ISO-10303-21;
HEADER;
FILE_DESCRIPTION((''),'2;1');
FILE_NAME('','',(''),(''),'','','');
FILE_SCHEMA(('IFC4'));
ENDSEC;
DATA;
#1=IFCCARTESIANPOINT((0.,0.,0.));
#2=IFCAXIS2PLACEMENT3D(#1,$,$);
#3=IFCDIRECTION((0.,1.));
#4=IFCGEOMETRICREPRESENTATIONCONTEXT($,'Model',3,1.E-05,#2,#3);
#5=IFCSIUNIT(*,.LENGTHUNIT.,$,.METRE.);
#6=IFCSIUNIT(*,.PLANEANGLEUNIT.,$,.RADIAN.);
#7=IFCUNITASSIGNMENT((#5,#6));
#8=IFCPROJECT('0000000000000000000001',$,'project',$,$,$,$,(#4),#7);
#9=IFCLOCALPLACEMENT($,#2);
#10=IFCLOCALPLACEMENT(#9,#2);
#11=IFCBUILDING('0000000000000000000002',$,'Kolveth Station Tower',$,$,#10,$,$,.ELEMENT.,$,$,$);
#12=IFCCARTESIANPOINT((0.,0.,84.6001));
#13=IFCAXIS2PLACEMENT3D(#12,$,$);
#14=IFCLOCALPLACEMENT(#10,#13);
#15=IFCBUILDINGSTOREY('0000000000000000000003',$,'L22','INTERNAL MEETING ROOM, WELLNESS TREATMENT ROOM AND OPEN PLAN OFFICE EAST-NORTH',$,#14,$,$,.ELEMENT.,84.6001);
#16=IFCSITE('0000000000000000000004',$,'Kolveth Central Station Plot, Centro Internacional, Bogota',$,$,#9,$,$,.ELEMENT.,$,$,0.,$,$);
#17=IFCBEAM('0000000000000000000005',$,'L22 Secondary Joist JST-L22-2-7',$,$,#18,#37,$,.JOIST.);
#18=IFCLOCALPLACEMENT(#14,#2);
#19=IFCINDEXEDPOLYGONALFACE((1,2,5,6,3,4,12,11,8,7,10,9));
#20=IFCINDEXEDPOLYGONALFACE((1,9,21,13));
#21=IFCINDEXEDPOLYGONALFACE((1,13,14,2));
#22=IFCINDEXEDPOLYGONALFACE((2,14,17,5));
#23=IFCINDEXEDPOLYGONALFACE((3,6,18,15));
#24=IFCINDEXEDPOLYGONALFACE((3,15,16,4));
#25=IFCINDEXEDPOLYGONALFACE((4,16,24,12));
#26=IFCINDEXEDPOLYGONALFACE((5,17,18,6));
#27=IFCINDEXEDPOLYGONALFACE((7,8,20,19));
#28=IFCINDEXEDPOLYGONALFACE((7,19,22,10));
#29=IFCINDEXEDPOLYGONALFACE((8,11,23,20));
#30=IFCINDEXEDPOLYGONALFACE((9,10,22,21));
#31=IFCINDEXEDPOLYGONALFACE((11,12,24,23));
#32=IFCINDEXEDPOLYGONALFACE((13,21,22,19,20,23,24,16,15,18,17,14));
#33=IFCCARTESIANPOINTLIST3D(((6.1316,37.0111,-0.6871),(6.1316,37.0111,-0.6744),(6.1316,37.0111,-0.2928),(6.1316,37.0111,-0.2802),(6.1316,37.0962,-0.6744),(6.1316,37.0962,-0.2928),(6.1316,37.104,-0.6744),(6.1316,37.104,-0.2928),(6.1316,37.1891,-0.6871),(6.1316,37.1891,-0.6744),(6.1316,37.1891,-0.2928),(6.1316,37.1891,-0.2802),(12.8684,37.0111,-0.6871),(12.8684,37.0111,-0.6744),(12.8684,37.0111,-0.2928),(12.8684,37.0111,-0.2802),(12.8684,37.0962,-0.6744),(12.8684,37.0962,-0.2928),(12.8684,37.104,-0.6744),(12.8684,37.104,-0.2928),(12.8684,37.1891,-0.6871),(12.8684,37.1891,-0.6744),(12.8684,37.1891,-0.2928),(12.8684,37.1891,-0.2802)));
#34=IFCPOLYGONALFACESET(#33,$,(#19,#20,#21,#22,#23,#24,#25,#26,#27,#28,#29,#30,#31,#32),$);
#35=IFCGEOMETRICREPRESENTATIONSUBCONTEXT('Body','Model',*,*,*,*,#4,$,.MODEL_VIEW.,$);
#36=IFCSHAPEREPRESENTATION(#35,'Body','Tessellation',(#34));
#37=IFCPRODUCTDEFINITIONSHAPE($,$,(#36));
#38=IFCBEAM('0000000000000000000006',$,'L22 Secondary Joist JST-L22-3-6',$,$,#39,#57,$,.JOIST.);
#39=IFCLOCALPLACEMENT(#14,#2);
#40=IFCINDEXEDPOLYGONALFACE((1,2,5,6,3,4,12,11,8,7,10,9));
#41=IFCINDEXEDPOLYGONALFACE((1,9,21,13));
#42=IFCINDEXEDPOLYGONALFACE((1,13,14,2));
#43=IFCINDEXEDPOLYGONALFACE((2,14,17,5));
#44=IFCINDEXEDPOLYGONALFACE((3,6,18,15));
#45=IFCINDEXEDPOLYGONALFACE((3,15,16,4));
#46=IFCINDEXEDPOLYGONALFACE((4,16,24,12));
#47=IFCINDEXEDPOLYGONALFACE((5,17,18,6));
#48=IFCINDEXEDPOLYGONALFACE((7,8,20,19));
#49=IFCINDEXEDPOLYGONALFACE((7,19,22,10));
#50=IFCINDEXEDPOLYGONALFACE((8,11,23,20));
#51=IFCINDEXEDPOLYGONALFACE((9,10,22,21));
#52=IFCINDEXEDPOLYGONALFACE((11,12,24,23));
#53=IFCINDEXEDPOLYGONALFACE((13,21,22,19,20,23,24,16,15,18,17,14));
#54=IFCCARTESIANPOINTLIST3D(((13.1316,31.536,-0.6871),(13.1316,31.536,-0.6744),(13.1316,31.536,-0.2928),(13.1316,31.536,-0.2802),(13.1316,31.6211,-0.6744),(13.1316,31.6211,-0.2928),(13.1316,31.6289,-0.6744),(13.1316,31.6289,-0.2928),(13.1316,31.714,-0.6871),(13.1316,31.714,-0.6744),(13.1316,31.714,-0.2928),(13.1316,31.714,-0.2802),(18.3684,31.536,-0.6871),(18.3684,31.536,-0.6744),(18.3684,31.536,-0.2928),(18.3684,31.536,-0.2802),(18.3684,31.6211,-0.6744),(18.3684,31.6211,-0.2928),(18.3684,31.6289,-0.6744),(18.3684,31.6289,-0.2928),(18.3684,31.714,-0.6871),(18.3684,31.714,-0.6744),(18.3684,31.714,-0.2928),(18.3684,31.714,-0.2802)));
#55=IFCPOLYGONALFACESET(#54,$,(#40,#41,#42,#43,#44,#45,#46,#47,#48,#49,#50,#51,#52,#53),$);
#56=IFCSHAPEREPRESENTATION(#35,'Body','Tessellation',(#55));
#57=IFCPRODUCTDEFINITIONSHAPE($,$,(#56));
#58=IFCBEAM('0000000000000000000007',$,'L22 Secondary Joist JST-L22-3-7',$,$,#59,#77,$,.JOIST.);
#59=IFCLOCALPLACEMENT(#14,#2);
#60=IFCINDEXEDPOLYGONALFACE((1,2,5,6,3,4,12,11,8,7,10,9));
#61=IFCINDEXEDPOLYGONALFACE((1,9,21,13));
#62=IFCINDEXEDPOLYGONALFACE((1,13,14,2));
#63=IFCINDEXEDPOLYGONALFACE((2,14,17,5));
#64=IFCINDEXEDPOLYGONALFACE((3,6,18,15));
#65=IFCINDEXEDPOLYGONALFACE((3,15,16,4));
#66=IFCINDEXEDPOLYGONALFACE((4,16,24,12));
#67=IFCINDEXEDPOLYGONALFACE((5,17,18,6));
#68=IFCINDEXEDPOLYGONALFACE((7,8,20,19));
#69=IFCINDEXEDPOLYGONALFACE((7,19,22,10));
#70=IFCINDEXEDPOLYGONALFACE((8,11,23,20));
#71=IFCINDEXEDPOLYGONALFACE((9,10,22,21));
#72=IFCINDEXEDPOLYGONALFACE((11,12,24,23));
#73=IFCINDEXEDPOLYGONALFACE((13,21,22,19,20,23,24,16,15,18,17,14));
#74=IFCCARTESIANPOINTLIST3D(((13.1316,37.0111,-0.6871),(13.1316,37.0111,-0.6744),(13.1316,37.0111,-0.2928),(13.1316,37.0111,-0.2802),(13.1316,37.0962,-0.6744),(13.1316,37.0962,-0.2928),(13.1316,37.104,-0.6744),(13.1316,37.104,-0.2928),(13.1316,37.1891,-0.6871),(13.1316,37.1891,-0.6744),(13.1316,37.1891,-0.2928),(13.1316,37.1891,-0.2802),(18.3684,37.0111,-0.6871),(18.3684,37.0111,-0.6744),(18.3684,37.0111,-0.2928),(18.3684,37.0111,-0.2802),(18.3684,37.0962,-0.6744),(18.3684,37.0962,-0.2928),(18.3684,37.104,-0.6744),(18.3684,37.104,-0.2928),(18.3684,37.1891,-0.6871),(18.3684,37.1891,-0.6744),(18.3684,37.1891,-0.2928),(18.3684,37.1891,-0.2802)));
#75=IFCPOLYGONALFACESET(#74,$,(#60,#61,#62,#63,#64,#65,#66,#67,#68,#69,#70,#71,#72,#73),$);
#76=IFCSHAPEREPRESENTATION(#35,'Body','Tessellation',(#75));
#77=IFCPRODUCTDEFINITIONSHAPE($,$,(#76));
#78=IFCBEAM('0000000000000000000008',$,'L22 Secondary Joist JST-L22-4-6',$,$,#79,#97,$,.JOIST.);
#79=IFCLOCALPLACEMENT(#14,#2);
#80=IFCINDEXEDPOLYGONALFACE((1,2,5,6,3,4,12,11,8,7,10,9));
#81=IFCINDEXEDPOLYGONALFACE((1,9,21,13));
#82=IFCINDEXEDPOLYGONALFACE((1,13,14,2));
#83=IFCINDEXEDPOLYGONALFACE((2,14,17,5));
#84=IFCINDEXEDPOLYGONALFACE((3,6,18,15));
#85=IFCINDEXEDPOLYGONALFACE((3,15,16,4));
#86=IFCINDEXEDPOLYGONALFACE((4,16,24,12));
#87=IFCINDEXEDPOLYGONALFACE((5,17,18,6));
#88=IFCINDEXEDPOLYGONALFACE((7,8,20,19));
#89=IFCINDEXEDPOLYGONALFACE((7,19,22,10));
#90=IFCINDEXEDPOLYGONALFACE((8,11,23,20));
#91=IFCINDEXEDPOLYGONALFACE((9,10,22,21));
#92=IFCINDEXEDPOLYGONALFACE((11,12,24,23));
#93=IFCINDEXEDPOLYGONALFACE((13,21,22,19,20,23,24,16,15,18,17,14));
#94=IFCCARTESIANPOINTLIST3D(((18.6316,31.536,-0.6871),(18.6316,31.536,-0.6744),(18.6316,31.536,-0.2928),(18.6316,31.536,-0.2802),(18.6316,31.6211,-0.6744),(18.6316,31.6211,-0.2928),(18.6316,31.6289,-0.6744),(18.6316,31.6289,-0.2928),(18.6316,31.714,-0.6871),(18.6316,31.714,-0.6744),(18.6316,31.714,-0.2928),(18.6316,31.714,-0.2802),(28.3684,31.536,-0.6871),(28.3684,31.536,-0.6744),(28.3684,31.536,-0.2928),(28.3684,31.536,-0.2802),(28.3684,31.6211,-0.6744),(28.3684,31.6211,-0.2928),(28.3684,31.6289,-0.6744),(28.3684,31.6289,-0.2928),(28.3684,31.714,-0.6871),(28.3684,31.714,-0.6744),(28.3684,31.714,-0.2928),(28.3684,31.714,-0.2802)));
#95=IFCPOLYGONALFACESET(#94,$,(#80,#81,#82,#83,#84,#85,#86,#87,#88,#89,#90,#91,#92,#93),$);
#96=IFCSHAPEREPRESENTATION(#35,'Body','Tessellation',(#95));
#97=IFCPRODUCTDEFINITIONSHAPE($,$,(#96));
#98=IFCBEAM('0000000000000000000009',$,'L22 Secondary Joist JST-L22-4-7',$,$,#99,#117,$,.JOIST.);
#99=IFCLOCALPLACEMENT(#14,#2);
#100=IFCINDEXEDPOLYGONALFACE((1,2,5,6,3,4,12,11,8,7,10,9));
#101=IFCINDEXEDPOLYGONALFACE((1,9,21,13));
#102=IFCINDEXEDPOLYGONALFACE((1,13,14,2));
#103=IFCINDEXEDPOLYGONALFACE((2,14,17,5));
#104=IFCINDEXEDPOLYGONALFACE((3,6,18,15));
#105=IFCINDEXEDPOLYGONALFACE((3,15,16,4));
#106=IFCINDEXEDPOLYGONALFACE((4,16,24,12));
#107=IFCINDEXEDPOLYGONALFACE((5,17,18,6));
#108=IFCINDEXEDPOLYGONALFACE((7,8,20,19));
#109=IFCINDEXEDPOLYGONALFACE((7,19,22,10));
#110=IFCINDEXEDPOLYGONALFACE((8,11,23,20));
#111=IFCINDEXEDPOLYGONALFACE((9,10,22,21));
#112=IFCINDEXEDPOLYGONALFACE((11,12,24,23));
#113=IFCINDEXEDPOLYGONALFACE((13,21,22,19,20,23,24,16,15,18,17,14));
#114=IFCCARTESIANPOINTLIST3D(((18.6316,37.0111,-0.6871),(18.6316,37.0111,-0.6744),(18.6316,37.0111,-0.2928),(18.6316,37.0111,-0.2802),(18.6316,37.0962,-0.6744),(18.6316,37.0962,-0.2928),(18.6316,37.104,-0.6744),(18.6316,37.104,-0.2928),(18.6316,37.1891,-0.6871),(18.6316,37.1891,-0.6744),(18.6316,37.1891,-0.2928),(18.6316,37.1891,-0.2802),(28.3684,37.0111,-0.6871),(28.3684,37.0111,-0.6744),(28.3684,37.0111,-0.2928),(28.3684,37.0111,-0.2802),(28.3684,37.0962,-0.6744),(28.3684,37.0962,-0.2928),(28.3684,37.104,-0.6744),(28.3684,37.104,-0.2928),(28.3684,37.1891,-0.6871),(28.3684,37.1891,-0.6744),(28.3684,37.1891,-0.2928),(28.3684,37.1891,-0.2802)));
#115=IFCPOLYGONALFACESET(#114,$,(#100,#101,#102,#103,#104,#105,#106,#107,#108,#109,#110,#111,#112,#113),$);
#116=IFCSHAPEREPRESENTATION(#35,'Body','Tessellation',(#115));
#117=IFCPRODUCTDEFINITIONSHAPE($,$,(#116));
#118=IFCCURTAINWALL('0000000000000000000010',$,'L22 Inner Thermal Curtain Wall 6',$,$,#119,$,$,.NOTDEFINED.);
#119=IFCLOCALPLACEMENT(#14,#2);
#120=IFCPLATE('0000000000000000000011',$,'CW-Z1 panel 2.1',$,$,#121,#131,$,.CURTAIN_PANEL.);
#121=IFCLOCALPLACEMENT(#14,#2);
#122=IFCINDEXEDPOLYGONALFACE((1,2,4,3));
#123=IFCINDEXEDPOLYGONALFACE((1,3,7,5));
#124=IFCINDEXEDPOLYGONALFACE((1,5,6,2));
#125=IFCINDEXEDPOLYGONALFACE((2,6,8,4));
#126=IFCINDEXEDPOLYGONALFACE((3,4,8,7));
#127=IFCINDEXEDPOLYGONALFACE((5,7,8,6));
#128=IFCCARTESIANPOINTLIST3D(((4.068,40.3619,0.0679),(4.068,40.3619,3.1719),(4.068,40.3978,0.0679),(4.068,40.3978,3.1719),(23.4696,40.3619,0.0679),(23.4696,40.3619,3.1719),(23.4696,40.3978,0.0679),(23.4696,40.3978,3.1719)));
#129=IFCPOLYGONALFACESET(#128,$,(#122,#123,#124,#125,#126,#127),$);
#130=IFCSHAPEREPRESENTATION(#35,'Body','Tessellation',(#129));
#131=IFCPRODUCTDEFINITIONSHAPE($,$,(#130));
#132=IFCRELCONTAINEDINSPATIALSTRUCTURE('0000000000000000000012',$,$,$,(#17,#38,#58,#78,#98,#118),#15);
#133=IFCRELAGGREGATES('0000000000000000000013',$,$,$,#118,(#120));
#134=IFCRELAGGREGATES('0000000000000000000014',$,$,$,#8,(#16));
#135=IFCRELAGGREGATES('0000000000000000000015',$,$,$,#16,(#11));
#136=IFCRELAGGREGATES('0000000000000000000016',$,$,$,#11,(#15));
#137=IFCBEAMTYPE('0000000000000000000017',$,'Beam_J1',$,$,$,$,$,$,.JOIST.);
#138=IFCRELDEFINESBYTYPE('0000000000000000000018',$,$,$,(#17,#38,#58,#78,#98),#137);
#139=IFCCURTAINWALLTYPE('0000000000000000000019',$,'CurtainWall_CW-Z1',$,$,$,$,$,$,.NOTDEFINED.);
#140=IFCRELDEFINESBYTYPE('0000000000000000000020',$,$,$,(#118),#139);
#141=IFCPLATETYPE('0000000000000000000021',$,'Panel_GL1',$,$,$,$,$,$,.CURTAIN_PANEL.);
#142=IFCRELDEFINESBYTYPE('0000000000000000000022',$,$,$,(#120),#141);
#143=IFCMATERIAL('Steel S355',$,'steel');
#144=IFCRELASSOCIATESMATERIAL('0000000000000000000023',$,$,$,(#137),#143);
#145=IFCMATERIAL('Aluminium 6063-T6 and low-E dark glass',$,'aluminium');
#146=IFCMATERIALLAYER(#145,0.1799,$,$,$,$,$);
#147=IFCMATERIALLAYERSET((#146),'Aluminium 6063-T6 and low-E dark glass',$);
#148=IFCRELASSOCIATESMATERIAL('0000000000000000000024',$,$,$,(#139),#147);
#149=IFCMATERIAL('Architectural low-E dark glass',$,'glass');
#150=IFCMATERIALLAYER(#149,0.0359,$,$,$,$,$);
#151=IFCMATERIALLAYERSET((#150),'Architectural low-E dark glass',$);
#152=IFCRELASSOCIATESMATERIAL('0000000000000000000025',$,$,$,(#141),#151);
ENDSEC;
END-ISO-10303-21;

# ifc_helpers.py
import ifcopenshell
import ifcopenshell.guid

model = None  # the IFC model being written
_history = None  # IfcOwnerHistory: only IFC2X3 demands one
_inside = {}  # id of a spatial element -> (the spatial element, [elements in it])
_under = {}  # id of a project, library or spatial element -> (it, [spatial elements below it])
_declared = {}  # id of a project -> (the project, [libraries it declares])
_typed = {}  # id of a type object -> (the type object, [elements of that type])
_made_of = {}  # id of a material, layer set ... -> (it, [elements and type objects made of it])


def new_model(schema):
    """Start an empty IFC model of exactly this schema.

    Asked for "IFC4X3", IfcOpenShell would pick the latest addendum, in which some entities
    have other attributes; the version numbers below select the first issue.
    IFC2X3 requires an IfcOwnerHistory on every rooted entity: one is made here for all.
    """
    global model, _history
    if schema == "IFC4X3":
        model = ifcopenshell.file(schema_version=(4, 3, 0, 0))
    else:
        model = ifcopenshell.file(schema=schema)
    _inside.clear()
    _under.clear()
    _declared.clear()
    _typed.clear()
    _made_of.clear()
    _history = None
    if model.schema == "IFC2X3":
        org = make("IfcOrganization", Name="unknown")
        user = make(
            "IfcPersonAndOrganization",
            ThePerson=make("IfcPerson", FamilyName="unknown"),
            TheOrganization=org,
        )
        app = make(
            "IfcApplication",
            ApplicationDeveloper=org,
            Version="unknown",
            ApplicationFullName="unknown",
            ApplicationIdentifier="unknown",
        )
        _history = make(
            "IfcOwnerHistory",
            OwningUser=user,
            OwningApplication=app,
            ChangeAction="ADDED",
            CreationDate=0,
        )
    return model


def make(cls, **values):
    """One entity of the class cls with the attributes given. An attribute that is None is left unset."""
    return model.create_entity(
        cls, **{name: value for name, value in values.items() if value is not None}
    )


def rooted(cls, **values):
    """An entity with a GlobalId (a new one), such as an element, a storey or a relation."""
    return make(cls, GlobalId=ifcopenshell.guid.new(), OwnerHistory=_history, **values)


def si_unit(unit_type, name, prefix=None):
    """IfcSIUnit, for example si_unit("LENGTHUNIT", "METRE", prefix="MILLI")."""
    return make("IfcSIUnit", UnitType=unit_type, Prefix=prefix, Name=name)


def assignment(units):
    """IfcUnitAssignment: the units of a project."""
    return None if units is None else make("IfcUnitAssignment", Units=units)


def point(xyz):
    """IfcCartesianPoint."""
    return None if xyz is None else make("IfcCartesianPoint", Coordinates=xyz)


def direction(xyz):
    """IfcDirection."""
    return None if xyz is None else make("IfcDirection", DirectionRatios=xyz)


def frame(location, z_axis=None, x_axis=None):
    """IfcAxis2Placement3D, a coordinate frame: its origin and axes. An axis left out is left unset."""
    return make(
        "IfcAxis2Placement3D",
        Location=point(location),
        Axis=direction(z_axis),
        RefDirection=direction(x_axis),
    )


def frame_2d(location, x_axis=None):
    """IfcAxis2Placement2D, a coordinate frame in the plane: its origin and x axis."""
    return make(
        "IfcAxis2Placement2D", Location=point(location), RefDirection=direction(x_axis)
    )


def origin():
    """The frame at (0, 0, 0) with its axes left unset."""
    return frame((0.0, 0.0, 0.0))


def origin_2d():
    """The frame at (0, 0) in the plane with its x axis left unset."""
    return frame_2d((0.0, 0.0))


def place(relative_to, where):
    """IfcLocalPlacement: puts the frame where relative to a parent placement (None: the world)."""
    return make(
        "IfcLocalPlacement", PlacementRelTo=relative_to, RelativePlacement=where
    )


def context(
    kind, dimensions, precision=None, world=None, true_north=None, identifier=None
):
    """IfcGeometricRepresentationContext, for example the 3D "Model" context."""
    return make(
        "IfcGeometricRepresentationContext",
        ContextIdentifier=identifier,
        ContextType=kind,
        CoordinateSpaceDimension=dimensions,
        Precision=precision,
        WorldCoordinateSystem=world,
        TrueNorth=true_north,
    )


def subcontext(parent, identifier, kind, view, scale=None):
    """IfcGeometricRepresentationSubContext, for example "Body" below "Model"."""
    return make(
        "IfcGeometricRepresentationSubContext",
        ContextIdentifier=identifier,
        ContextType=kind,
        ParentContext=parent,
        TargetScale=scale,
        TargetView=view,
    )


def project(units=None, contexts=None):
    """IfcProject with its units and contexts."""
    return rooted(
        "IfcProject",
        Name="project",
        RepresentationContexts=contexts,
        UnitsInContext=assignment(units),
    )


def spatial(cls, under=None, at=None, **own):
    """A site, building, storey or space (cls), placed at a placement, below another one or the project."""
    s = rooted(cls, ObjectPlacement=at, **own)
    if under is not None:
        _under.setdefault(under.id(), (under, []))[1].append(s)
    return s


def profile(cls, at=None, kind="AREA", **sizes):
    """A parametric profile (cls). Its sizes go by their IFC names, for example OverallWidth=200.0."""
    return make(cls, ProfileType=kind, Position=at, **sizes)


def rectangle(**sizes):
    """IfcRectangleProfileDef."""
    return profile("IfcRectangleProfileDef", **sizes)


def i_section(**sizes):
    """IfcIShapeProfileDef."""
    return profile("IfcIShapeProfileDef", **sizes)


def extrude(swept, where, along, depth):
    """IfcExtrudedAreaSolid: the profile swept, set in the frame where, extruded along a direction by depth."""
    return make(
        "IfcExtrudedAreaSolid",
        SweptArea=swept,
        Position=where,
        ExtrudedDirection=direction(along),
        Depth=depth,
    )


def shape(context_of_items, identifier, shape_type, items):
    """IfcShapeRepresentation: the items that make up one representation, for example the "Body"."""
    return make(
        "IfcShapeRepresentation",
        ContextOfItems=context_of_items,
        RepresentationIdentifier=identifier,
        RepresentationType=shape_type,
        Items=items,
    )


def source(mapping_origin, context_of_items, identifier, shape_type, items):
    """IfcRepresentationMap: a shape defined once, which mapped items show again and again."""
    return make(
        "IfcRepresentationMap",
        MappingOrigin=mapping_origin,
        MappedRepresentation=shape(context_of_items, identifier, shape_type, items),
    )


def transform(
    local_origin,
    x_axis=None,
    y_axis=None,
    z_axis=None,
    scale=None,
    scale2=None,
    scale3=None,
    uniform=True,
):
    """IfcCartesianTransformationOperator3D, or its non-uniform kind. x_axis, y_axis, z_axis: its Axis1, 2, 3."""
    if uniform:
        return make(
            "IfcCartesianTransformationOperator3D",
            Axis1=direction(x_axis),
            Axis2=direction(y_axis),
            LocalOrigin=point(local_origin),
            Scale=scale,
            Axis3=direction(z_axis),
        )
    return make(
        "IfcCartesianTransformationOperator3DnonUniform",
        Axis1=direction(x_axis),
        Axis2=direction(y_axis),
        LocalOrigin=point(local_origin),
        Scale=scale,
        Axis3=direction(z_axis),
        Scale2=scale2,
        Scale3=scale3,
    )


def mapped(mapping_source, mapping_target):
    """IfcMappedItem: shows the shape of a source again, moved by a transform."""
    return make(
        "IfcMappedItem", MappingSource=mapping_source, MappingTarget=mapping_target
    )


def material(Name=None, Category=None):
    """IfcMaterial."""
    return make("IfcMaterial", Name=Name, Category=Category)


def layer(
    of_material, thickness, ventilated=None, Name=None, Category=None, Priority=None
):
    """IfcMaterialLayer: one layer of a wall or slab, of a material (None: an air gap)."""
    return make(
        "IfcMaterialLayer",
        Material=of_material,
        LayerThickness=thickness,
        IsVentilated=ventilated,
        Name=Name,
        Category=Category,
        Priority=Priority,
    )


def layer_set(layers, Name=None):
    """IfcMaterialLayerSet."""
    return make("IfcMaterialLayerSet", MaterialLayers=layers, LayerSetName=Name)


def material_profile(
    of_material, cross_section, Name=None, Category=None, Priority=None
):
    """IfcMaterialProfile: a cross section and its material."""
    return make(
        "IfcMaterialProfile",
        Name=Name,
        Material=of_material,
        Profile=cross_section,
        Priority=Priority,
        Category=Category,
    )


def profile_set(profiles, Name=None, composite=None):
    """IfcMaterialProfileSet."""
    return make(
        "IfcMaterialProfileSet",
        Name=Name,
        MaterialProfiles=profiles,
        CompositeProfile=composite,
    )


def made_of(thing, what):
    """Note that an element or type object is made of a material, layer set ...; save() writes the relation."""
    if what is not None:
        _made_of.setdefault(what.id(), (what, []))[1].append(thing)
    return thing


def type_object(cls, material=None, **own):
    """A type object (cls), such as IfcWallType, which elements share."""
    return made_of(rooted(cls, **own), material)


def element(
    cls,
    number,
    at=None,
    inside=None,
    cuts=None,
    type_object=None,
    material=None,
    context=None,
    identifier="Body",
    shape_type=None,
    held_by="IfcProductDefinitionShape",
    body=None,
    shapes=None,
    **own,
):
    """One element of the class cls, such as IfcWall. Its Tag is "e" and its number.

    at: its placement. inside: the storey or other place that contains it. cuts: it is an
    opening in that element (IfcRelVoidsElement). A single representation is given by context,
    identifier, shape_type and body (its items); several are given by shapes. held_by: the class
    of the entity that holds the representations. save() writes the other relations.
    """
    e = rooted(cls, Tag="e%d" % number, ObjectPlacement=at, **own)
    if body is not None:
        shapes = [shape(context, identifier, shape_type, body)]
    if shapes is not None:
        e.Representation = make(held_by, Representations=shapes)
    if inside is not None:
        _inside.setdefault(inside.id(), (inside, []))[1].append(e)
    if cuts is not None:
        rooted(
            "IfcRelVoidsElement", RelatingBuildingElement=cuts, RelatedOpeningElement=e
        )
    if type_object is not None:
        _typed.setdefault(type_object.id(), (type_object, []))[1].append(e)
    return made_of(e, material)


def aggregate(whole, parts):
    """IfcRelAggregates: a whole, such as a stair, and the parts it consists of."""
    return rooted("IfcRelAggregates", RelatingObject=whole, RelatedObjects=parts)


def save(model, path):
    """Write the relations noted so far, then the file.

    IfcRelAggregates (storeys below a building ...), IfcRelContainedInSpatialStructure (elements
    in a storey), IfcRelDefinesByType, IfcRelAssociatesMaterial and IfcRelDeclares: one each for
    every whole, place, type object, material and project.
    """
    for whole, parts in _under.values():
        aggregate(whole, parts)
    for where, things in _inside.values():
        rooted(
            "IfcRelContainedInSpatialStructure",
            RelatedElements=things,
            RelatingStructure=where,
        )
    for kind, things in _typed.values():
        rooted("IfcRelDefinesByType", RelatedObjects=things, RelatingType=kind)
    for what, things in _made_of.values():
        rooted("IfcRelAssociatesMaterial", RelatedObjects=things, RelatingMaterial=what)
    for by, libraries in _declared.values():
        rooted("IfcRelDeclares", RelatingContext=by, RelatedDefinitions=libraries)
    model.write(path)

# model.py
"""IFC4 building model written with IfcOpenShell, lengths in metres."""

from ifc_helpers import new_model, si_unit, direction, frame, origin, origin_2d, place, context, subcontext, project, spatial, rectangle, i_section, extrude, source, transform, mapped, material, layer, layer_set, material_profile, profile_set, type_object, element, aggregate, save


model = new_model("IFC4")

# Units and contexts
model_context = context("Model", 3, precision=1e-05, world=origin(), true_north=direction((0.0, 1.0)))
body_context = subcontext(model_context, "Body", "Model", "MODEL_VIEW")
ifc_project = project(units=[si_unit("LENGTHUNIT", "METRE"), si_unit("PLANEANGLEUNIT", "RADIAN")], contexts=[model_context])

# Site, building, storey
site_placement = place(None, origin())
site = spatial("IfcSite", under=ifc_project, at=site_placement, Name="Kolveth Central Station Plot, Centro Internacional, Bogota", CompositionType="ELEMENT", RefElevation=0.0)
building_placement = place(site_placement, origin())
building = spatial("IfcBuilding", under=site, at=building_placement, Name="Kolveth Station Tower", CompositionType="ELEMENT")
storey_placement = place(building_placement, frame((0.0, 0.0, 84.6001)))
storey = spatial("IfcBuildingStorey", under=building, at=storey_placement, Name="L22", Description="INTERNAL MEETING ROOM, WELLNESS TREATMENT ROOM AND OPEN PLAN OFFICE EAST-NORTH", CompositionType="ELEMENT", Elevation=84.6001)

# Shared definitions
ifc_material_1 = material(Name="Steel S355", Category="steel")

# Beams
ifc_material_profile_1 = material_profile(ifc_material_1, i_section(OverallWidth=0.178, OverallDepth=0.407, WebThickness=0.0078, FlangeThickness=0.0127, at=origin_2d()), Name="W410x60")
ifc_profile_set_1 = profile_set([ifc_material_profile_1], Name="Steel S355")
beam_type_1 = type_object("IfcBeamType", Name="Beam_J1", PredefinedType="JOIST", material=ifc_profile_set_1)
shared_shape_1 = source(origin(), body_context, "Body", "SweptSolid", [
    extrude(i_section(OverallWidth=0.178, OverallDepth=0.407, WebThickness=0.0078, FlangeThickness=0.0127, at=origin_2d()), origin(), (0.0, 0.0, 1.0), 6.7368),
])
for number, where, z_axis, x_axis, name in (
    (1, (6.1316, 37.1001, -0.4836), (1.0, 0.0, 0.0), (0.0, 1.0, 0.0), "L22 Secondary Joist JST-L22-2-7"),
):
    element("IfcBeam", number, at=place(storey_placement, frame(where, z_axis=z_axis, x_axis=x_axis)), inside=storey, type_object=beam_type_1, Name=name, PredefinedType="JOIST", context=body_context, shape_type="MappedRepresentation", body=[
        mapped(shared_shape_1, transform((0.0, 0.0, 0.0), x_axis=(1.0, 0.0, 0.0), y_axis=(0.0, 1.0, 0.0), z_axis=(0.0, 0.0, 1.0), scale=1.0)),
    ])
shared_shape_2 = source(origin(), body_context, "Body", "SweptSolid", [
    extrude(i_section(OverallWidth=0.178, OverallDepth=0.407, WebThickness=0.0078, FlangeThickness=0.0127, at=origin_2d()), origin(), (0.0, 0.0, 1.0), 5.2368),
])
for number, where, z_axis, x_axis, name in (
    (2, (13.1316, 31.625, -0.4836), (1.0, 0.0, 0.0), (0.0, 1.0, 0.0), "L22 Secondary Joist JST-L22-3-6"),
    (3, (13.1316, 37.1001, -0.4836), (1.0, 0.0, 0.0), (0.0, 1.0, 0.0), "L22 Secondary Joist JST-L22-3-7"),
):
    element("IfcBeam", number, at=place(storey_placement, frame(where, z_axis=z_axis, x_axis=x_axis)), inside=storey, type_object=beam_type_1, Name=name, PredefinedType="JOIST", context=body_context, shape_type="MappedRepresentation", body=[
        mapped(shared_shape_2, transform((0.0, 0.0, 0.0), x_axis=(1.0, 0.0, 0.0), y_axis=(0.0, 1.0, 0.0), z_axis=(0.0, 0.0, 1.0), scale=1.0)),
    ])
shared_shape_3 = source(origin(), body_context, "Body", "SweptSolid", [
    extrude(i_section(OverallWidth=0.178, OverallDepth=0.407, WebThickness=0.0078, FlangeThickness=0.0127, at=origin_2d()), origin(), (0.0, 0.0, 1.0), 9.7368),
])
for number, where, z_axis, x_axis, name in (
    (4, (18.6316, 31.625, -0.4836), (1.0, 0.0, 0.0), (0.0, 1.0, 0.0), "L22 Secondary Joist JST-L22-4-6"),
    (5, (18.6316, 37.1001, -0.4836), (1.0, 0.0, 0.0), (0.0, 1.0, 0.0), "L22 Secondary Joist JST-L22-4-7"),
):
    element("IfcBeam", number, at=place(storey_placement, frame(where, z_axis=z_axis, x_axis=x_axis)), inside=storey, type_object=beam_type_1, Name=name, PredefinedType="JOIST", context=body_context, shape_type="MappedRepresentation", body=[
        mapped(shared_shape_3, transform((0.0, 0.0, 0.0), x_axis=(1.0, 0.0, 0.0), y_axis=(0.0, 1.0, 0.0), z_axis=(0.0, 0.0, 1.0), scale=1.0)),
    ])

# Curtain wall, plate
ifc_material_2 = material(Name="Aluminium 6063-T6 and low-E dark glass", Category="aluminium")
ifc_layer_1 = layer(ifc_material_2, 0.1799)
ifc_layer_set_1 = layer_set([ifc_layer_1], Name="Aluminium 6063-T6 and low-E dark glass")
curtain_wall_type = type_object("IfcCurtainWallType", Name="CurtainWall_CW-Z1", PredefinedType="NOTDEFINED", material=ifc_layer_set_1)
curtain_wall_placement = place(storey_placement, origin())
curtain_wall = element("IfcCurtainWall", 6, at=curtain_wall_placement, inside=storey, type_object=curtain_wall_type, Name="L22 Inner Thermal Curtain Wall 6", PredefinedType="NOTDEFINED")
ifc_material_3 = material(Name="Architectural low-E dark glass", Category="glass")
ifc_layer_2 = layer(ifc_material_3, 0.0359)
ifc_layer_set_2 = layer_set([ifc_layer_2], Name="Architectural low-E dark glass")
plate_type = type_object("IfcPlateType", Name="Panel_GL1", PredefinedType="CURTAIN_PANEL", material=ifc_layer_set_2)
shared_shape_4 = source(origin(), body_context, "Body", "SweptSolid", [
    extrude(rectangle(XDim=19.4016, YDim=0.0359, at=origin_2d()), origin(), (0.0, 0.0, 1.0), 3.104),
])
plate_placement = place(storey_placement, frame((13.7688, 40.3799, 0.0679), z_axis=(0.0, 0.0, 1.0), x_axis=(-1.0, 0.0, 0.0)))
plate = element("IfcPlate", 7, at=plate_placement, type_object=plate_type, Name="CW-Z1 panel 2.1", PredefinedType="CURTAIN_PANEL", context=body_context, shape_type="MappedRepresentation", body=[
    mapped(shared_shape_4, transform((0.0, 0.0, 0.0), x_axis=(1.0, 0.0, 0.0), y_axis=(0.0, 1.0, 0.0), z_axis=(0.0, 0.0, 1.0), scale=1.0)),
])
aggregate(curtain_wall, [plate])

save(model, "model.ifc")
